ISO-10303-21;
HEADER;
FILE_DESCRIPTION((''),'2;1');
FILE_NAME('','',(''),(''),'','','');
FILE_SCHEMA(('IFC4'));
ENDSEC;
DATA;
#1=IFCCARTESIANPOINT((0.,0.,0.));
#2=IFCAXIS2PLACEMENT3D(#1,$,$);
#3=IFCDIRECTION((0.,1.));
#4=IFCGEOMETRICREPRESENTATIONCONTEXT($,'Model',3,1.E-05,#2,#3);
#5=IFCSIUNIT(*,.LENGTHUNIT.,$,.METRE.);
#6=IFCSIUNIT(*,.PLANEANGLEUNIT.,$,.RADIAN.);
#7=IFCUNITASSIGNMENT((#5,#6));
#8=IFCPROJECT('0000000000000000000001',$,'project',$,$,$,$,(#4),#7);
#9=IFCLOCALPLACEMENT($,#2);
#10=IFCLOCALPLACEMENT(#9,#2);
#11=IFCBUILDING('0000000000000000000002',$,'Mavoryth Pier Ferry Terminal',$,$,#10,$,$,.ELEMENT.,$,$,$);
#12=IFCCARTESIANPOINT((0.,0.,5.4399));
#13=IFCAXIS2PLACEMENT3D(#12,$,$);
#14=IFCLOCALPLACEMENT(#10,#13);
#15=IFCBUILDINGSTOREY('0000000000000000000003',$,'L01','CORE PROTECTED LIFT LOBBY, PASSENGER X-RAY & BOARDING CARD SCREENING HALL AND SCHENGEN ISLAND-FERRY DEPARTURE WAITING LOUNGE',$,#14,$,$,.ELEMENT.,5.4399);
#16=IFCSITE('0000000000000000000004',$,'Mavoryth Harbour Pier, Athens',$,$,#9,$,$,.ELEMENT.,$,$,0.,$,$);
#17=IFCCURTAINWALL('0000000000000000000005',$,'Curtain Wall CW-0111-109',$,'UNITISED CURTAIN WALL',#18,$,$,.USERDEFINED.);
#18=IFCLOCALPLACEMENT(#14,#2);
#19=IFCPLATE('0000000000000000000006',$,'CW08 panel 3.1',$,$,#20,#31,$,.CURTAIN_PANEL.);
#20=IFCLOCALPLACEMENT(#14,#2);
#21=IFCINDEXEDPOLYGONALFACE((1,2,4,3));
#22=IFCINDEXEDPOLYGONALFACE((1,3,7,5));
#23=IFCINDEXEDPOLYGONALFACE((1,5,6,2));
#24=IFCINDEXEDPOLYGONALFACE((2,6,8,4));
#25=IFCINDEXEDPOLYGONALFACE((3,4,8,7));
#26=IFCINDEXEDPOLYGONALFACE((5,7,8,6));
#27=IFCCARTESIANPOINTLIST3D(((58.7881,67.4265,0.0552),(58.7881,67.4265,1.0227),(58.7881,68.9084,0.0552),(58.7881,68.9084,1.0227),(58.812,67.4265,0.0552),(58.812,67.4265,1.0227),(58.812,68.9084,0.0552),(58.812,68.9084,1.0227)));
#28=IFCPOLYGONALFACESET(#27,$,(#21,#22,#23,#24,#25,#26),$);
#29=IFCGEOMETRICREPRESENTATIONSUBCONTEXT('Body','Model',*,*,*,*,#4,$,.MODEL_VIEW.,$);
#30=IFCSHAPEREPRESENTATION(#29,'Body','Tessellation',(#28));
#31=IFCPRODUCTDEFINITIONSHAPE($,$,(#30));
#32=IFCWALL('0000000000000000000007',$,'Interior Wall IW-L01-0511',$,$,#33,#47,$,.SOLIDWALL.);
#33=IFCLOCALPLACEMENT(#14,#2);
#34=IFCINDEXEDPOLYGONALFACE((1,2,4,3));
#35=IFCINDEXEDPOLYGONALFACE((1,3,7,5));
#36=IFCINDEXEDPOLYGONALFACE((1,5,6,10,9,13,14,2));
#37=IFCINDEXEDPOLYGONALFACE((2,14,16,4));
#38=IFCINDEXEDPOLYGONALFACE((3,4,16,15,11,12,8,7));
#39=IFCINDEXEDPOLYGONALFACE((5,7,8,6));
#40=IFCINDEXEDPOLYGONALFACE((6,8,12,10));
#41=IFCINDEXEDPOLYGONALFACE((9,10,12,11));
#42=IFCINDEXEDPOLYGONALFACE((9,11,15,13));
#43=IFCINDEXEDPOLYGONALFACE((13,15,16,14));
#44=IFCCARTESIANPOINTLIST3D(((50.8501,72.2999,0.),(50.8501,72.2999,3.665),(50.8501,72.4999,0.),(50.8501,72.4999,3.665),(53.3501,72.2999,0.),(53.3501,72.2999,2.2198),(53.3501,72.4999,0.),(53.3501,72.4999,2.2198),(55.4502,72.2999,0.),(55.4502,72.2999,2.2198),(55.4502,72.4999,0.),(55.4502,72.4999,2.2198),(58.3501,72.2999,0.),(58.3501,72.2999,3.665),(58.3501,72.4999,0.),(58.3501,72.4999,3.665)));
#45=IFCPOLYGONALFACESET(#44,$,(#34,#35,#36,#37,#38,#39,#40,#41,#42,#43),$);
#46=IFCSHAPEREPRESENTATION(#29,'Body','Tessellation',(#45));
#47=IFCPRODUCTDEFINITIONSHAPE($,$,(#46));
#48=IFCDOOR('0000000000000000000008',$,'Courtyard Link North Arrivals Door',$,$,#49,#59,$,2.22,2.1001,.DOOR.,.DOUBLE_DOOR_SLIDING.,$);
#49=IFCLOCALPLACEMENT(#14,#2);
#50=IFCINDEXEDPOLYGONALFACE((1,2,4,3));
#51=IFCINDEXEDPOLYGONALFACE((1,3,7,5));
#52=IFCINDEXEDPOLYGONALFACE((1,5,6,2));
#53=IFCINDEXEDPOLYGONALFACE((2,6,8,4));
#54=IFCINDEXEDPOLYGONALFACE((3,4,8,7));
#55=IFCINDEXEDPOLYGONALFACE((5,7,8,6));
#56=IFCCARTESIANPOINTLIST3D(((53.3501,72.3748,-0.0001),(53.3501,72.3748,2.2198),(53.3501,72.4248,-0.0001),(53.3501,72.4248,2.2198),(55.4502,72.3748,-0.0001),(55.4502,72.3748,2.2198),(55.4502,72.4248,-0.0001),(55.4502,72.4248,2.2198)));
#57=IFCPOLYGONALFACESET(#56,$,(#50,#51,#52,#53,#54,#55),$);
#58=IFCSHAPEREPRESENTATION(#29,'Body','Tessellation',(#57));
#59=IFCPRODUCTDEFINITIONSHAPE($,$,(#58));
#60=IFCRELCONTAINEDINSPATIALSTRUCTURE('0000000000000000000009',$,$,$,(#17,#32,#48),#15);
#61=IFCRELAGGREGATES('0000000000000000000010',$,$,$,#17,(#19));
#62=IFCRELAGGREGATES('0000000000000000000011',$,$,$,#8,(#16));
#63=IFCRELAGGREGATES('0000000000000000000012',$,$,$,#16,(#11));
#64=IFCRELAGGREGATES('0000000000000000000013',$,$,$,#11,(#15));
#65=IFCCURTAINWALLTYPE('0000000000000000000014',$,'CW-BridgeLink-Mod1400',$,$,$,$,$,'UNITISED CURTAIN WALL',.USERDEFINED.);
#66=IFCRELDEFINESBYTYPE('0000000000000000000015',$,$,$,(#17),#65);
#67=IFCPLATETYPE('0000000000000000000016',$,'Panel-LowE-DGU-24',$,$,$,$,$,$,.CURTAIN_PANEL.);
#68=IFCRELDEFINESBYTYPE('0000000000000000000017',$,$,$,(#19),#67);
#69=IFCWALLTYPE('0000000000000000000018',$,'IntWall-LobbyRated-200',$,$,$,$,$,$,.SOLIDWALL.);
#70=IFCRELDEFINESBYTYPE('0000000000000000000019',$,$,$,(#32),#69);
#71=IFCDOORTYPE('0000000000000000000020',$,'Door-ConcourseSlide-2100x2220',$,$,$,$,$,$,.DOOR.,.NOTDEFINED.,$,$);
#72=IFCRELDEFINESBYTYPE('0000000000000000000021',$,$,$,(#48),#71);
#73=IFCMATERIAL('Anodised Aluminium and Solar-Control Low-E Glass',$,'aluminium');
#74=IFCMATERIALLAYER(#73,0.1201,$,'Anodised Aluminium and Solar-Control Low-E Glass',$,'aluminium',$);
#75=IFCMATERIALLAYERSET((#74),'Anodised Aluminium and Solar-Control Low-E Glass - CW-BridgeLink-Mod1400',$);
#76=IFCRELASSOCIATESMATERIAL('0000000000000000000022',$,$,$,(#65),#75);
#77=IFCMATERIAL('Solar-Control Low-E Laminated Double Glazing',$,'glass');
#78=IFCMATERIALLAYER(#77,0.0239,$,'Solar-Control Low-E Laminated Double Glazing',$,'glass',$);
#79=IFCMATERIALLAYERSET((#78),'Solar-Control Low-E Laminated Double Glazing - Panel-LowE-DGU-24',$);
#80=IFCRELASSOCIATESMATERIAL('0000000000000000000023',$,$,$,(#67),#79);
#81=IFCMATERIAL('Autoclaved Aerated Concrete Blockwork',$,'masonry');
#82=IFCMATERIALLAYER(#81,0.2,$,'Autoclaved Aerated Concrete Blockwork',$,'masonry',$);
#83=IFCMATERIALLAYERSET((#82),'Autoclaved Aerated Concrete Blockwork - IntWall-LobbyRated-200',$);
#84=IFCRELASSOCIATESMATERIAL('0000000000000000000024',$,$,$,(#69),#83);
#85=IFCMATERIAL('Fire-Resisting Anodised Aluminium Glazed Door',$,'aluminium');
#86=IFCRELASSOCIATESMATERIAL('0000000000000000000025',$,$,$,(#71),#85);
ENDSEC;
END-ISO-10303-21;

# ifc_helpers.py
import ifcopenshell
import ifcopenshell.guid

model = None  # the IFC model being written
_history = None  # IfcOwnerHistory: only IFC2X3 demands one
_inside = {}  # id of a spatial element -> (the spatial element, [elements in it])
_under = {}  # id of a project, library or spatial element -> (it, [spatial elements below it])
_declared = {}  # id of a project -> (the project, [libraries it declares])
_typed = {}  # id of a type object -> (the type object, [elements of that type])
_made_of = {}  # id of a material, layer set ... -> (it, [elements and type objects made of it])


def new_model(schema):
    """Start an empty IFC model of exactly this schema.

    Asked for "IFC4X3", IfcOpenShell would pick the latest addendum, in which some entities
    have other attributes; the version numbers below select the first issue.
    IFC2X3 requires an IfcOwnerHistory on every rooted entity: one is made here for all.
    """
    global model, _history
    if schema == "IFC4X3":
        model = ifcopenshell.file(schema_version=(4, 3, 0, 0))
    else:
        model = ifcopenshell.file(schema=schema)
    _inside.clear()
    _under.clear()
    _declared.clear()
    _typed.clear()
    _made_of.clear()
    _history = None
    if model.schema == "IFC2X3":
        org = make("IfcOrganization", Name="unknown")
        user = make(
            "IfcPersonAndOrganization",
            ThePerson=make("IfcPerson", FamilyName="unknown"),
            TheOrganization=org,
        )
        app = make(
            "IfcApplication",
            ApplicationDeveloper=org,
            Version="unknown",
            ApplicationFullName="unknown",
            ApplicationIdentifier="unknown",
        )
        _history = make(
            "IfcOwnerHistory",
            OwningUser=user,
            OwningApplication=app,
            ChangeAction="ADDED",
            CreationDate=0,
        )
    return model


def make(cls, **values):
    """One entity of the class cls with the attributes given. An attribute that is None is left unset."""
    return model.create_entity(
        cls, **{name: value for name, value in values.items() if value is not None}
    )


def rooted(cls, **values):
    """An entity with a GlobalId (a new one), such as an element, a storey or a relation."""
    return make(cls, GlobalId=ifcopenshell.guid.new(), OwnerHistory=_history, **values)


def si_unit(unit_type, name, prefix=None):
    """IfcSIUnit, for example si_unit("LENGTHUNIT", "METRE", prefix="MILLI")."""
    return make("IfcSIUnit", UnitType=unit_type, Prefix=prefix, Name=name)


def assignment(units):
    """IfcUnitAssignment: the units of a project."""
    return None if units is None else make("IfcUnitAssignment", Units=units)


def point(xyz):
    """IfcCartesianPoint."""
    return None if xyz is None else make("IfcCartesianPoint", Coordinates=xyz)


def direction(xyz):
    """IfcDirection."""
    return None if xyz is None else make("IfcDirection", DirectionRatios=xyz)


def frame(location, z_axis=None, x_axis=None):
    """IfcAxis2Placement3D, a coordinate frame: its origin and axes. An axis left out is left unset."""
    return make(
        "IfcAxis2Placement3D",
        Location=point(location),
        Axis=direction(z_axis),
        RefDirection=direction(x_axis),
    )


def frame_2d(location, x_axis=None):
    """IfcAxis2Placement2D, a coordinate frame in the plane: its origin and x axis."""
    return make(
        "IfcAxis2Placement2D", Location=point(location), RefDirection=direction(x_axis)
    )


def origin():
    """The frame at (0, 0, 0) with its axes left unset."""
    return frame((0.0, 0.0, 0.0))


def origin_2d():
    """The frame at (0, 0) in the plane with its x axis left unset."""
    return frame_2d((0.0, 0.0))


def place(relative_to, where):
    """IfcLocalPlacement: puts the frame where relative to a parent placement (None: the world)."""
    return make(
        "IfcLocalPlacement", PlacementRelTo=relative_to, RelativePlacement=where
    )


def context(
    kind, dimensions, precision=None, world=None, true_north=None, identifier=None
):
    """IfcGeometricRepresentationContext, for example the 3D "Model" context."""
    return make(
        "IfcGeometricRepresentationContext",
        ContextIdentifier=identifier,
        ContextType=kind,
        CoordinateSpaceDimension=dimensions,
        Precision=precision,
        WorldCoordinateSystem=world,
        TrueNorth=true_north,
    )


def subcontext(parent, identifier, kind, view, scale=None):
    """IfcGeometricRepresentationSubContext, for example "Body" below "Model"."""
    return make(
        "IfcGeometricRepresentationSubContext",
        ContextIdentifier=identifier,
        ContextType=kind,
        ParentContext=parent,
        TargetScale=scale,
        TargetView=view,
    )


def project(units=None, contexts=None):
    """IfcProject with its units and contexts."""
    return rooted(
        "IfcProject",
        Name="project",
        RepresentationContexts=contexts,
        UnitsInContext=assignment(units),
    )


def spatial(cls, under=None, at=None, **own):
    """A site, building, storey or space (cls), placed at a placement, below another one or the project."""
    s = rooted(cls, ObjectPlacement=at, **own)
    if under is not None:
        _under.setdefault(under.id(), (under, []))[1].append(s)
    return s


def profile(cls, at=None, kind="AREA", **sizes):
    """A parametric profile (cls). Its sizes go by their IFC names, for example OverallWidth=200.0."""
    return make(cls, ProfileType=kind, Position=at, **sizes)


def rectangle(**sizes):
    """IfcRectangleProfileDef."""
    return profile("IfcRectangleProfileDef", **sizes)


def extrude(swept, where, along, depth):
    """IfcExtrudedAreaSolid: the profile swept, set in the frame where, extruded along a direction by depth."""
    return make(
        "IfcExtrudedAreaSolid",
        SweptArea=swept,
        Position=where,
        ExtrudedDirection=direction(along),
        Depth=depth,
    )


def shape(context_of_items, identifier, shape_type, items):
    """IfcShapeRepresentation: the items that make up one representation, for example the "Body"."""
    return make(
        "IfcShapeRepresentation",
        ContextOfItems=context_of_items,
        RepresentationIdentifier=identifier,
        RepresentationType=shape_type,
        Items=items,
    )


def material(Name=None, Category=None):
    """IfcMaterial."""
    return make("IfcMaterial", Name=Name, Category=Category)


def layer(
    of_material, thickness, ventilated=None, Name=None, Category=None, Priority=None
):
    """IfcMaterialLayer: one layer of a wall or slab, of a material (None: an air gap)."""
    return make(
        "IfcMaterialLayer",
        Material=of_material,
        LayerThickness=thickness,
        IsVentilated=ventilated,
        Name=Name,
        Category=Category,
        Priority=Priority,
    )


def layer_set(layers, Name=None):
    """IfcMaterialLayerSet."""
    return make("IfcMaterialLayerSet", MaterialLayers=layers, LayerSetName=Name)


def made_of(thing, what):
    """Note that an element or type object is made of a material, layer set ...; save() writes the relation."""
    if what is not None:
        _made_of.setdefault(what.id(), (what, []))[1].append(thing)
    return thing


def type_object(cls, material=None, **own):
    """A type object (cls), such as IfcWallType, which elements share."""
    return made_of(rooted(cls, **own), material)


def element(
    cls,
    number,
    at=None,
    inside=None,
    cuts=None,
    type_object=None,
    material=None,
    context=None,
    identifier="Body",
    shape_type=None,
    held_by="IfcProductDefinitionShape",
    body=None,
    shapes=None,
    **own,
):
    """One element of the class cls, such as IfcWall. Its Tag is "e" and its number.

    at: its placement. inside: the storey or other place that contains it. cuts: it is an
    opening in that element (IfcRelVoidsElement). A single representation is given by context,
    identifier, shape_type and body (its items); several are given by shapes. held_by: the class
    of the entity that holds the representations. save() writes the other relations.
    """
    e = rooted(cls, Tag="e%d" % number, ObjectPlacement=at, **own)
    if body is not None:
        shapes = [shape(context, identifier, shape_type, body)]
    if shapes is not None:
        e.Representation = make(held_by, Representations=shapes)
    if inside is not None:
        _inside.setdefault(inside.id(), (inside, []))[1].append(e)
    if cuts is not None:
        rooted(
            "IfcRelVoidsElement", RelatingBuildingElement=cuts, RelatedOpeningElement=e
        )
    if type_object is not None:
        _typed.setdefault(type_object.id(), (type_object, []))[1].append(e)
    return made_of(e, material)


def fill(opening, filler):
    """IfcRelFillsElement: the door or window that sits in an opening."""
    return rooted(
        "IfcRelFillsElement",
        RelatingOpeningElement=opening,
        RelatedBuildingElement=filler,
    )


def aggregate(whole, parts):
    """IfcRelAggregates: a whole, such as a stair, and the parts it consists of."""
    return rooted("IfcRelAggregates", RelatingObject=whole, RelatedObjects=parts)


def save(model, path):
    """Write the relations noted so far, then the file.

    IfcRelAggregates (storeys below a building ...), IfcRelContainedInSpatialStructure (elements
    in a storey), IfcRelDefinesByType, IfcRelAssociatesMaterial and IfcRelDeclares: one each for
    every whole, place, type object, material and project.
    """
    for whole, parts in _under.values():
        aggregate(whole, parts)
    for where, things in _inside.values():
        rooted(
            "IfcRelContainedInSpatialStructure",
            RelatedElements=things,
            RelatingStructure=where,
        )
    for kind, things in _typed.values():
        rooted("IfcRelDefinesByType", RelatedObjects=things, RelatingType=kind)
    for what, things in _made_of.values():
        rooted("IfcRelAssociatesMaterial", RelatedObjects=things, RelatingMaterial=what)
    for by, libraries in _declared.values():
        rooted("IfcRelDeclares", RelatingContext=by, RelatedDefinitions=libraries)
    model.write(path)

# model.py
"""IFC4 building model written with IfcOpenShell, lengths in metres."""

from ifc_helpers import new_model, si_unit, direction, frame, frame_2d, origin, origin_2d, place, context, subcontext, project, spatial, rectangle, extrude, material, layer, layer_set, type_object, element, fill, aggregate, save


model = new_model("IFC4")

# Units and contexts
model_context = context("Model", 3, precision=1e-05, world=origin(), true_north=direction((0.0, 1.0)))
body_context = subcontext(model_context, "Body", "Model", "MODEL_VIEW")
ifc_project = project(units=[si_unit("LENGTHUNIT", "METRE"), si_unit("PLANEANGLEUNIT", "RADIAN")], contexts=[model_context])

# Site, building, storey
site_placement = place(None, origin())
site = spatial("IfcSite", under=ifc_project, at=site_placement, Name="Mavoryth Harbour Pier, Athens", CompositionType="ELEMENT", RefElevation=0.0)
building_placement = place(site_placement, origin())
building = spatial("IfcBuilding", under=site, at=building_placement, Name="Mavoryth Pier Ferry Terminal", CompositionType="ELEMENT")
storey_placement = place(building_placement, frame((0.0, 0.0, 5.4399)))
storey = spatial("IfcBuildingStorey", under=building, at=storey_placement, Name="L01", Description="CORE PROTECTED LIFT LOBBY, PASSENGER X-RAY & BOARDING CARD SCREENING HALL AND SCHENGEN ISLAND-FERRY DEPARTURE WAITING LOUNGE", CompositionType="ELEMENT", Elevation=5.4399)

# Shared definitions
ifc_material_1 = material(Name="Anodised Aluminium and Solar-Control Low-E Glass", Category="aluminium")
ifc_layer_1 = layer(ifc_material_1, 0.1201, Name="Anodised Aluminium and Solar-Control Low-E Glass", Category="aluminium")
ifc_layer_set_1 = layer_set([ifc_layer_1], Name="Anodised Aluminium and Solar-Control Low-E Glass - CW-BridgeLink-Mod1400")
curtain_wall_type = type_object("IfcCurtainWallType", Name="CW-BridgeLink-Mod1400", ElementType="UNITISED CURTAIN WALL", PredefinedType="USERDEFINED", material=ifc_layer_set_1)

# Curtain wall
curtain_wall_1_placement = place(storey_placement, origin())
curtain_wall_1 = element("IfcCurtainWall", 1, at=curtain_wall_1_placement, inside=storey, type_object=curtain_wall_type, Name="Curtain Wall CW-0111-109", ObjectType="UNITISED CURTAIN WALL", PredefinedType="USERDEFINED")

# Plate
ifc_material_2 = material(Name="Solar-Control Low-E Laminated Double Glazing", Category="glass")
ifc_layer_2 = layer(ifc_material_2, 0.0239, Name="Solar-Control Low-E Laminated Double Glazing", Category="glass")
ifc_layer_set_2 = layer_set([ifc_layer_2], Name="Solar-Control Low-E Laminated Double Glazing - Panel-LowE-DGU-24")
plate_type = type_object("IfcPlateType", Name="Panel-LowE-DGU-24", PredefinedType="CURTAIN_PANEL", material=ifc_layer_set_2)
plate_1_placement = place(storey_placement, frame((58.8, 68.1675, 0.0552), z_axis=(0.0, 0.0, 1.0), x_axis=(0.0, 1.0, 0.0)))
plate_1 = element("IfcPlate", 2, at=plate_1_placement, type_object=plate_type, Name="CW08 panel 3.1", PredefinedType="CURTAIN_PANEL", context=body_context, shape_type="SweptSolid", body=[
    extrude(rectangle(XDim=1.4819, YDim=0.0239, at=origin_2d()), origin(), (0.0, 0.0, 1.0), 0.9675),
])
aggregate(curtain_wall_1, [plate_1])

# Wall, opening, door
ifc_material_3 = material(Name="Autoclaved Aerated Concrete Blockwork", Category="masonry")
ifc_layer_3 = layer(ifc_material_3, 0.2, Name="Autoclaved Aerated Concrete Blockwork", Category="masonry")
ifc_layer_set_3 = layer_set([ifc_layer_3], Name="Autoclaved Aerated Concrete Blockwork - IntWall-LobbyRated-200")
wall_type = type_object("IfcWallType", Name="IntWall-LobbyRated-200", PredefinedType="SOLIDWALL", material=ifc_layer_set_3)
wall_placement = place(storey_placement, frame((50.8501, 72.3999, 0.0), z_axis=(0.0, 0.0, 1.0), x_axis=(1.0, 0.0, 0.0)))
wall = element("IfcWall", 3, at=wall_placement, inside=storey, type_object=wall_type, Name="Interior Wall IW-L01-0511", PredefinedType="SOLIDWALL", context=body_context, shape_type="SweptSolid", body=[
    extrude(rectangle(XDim=7.5, YDim=0.2, at=frame_2d((3.75, 0.0))), origin(), (0.0, 0.0, 1.0), 3.665),
])
opening_placement = place(wall_placement, frame((2.5, 0.0, 0.0)))
opening = element("IfcOpeningElement", 4, at=opening_placement, cuts=wall, PredefinedType="OPENING", context=body_context, shape_type="SweptSolid", body=[
    extrude(rectangle(XDim=2.1001, YDim=2.22, at=frame_2d((1.05, 1.1099))), frame((0.0, 0.1099, 0.0), z_axis=(0.0, -1.0, 0.0), x_axis=(1.0, 0.0, 0.0)), (0.0, 0.0, 1.0), 0.22),
])
ifc_material_4 = material(Name="Fire-Resisting Anodised Aluminium Glazed Door", Category="aluminium")
door_type = type_object("IfcDoorType", Name="Door-ConcourseSlide-2100x2220", OperationType="NOTDEFINED", PredefinedType="DOOR", material=ifc_material_4)
door_placement = place(opening_placement, origin())
door = element("IfcDoor", 5, at=door_placement, inside=storey, type_object=door_type, Name="Courtyard Link North Arrivals Door", OperationType="DOUBLE_DOOR_SLIDING", OverallHeight=2.22, OverallWidth=2.1001, PredefinedType="DOOR", context=body_context, shape_type="SweptSolid", body=[
    extrude(rectangle(XDim=2.1001, YDim=2.22, at=frame_2d((1.05, 1.1099))), frame((0.0, 0.0249, 0.0), z_axis=(0.0, -1.0, 0.0), x_axis=(1.0, 0.0, 0.0)), (0.0, 0.0, 1.0), 0.05),
])
fill(opening, door)

save(model, "model.ifc")
